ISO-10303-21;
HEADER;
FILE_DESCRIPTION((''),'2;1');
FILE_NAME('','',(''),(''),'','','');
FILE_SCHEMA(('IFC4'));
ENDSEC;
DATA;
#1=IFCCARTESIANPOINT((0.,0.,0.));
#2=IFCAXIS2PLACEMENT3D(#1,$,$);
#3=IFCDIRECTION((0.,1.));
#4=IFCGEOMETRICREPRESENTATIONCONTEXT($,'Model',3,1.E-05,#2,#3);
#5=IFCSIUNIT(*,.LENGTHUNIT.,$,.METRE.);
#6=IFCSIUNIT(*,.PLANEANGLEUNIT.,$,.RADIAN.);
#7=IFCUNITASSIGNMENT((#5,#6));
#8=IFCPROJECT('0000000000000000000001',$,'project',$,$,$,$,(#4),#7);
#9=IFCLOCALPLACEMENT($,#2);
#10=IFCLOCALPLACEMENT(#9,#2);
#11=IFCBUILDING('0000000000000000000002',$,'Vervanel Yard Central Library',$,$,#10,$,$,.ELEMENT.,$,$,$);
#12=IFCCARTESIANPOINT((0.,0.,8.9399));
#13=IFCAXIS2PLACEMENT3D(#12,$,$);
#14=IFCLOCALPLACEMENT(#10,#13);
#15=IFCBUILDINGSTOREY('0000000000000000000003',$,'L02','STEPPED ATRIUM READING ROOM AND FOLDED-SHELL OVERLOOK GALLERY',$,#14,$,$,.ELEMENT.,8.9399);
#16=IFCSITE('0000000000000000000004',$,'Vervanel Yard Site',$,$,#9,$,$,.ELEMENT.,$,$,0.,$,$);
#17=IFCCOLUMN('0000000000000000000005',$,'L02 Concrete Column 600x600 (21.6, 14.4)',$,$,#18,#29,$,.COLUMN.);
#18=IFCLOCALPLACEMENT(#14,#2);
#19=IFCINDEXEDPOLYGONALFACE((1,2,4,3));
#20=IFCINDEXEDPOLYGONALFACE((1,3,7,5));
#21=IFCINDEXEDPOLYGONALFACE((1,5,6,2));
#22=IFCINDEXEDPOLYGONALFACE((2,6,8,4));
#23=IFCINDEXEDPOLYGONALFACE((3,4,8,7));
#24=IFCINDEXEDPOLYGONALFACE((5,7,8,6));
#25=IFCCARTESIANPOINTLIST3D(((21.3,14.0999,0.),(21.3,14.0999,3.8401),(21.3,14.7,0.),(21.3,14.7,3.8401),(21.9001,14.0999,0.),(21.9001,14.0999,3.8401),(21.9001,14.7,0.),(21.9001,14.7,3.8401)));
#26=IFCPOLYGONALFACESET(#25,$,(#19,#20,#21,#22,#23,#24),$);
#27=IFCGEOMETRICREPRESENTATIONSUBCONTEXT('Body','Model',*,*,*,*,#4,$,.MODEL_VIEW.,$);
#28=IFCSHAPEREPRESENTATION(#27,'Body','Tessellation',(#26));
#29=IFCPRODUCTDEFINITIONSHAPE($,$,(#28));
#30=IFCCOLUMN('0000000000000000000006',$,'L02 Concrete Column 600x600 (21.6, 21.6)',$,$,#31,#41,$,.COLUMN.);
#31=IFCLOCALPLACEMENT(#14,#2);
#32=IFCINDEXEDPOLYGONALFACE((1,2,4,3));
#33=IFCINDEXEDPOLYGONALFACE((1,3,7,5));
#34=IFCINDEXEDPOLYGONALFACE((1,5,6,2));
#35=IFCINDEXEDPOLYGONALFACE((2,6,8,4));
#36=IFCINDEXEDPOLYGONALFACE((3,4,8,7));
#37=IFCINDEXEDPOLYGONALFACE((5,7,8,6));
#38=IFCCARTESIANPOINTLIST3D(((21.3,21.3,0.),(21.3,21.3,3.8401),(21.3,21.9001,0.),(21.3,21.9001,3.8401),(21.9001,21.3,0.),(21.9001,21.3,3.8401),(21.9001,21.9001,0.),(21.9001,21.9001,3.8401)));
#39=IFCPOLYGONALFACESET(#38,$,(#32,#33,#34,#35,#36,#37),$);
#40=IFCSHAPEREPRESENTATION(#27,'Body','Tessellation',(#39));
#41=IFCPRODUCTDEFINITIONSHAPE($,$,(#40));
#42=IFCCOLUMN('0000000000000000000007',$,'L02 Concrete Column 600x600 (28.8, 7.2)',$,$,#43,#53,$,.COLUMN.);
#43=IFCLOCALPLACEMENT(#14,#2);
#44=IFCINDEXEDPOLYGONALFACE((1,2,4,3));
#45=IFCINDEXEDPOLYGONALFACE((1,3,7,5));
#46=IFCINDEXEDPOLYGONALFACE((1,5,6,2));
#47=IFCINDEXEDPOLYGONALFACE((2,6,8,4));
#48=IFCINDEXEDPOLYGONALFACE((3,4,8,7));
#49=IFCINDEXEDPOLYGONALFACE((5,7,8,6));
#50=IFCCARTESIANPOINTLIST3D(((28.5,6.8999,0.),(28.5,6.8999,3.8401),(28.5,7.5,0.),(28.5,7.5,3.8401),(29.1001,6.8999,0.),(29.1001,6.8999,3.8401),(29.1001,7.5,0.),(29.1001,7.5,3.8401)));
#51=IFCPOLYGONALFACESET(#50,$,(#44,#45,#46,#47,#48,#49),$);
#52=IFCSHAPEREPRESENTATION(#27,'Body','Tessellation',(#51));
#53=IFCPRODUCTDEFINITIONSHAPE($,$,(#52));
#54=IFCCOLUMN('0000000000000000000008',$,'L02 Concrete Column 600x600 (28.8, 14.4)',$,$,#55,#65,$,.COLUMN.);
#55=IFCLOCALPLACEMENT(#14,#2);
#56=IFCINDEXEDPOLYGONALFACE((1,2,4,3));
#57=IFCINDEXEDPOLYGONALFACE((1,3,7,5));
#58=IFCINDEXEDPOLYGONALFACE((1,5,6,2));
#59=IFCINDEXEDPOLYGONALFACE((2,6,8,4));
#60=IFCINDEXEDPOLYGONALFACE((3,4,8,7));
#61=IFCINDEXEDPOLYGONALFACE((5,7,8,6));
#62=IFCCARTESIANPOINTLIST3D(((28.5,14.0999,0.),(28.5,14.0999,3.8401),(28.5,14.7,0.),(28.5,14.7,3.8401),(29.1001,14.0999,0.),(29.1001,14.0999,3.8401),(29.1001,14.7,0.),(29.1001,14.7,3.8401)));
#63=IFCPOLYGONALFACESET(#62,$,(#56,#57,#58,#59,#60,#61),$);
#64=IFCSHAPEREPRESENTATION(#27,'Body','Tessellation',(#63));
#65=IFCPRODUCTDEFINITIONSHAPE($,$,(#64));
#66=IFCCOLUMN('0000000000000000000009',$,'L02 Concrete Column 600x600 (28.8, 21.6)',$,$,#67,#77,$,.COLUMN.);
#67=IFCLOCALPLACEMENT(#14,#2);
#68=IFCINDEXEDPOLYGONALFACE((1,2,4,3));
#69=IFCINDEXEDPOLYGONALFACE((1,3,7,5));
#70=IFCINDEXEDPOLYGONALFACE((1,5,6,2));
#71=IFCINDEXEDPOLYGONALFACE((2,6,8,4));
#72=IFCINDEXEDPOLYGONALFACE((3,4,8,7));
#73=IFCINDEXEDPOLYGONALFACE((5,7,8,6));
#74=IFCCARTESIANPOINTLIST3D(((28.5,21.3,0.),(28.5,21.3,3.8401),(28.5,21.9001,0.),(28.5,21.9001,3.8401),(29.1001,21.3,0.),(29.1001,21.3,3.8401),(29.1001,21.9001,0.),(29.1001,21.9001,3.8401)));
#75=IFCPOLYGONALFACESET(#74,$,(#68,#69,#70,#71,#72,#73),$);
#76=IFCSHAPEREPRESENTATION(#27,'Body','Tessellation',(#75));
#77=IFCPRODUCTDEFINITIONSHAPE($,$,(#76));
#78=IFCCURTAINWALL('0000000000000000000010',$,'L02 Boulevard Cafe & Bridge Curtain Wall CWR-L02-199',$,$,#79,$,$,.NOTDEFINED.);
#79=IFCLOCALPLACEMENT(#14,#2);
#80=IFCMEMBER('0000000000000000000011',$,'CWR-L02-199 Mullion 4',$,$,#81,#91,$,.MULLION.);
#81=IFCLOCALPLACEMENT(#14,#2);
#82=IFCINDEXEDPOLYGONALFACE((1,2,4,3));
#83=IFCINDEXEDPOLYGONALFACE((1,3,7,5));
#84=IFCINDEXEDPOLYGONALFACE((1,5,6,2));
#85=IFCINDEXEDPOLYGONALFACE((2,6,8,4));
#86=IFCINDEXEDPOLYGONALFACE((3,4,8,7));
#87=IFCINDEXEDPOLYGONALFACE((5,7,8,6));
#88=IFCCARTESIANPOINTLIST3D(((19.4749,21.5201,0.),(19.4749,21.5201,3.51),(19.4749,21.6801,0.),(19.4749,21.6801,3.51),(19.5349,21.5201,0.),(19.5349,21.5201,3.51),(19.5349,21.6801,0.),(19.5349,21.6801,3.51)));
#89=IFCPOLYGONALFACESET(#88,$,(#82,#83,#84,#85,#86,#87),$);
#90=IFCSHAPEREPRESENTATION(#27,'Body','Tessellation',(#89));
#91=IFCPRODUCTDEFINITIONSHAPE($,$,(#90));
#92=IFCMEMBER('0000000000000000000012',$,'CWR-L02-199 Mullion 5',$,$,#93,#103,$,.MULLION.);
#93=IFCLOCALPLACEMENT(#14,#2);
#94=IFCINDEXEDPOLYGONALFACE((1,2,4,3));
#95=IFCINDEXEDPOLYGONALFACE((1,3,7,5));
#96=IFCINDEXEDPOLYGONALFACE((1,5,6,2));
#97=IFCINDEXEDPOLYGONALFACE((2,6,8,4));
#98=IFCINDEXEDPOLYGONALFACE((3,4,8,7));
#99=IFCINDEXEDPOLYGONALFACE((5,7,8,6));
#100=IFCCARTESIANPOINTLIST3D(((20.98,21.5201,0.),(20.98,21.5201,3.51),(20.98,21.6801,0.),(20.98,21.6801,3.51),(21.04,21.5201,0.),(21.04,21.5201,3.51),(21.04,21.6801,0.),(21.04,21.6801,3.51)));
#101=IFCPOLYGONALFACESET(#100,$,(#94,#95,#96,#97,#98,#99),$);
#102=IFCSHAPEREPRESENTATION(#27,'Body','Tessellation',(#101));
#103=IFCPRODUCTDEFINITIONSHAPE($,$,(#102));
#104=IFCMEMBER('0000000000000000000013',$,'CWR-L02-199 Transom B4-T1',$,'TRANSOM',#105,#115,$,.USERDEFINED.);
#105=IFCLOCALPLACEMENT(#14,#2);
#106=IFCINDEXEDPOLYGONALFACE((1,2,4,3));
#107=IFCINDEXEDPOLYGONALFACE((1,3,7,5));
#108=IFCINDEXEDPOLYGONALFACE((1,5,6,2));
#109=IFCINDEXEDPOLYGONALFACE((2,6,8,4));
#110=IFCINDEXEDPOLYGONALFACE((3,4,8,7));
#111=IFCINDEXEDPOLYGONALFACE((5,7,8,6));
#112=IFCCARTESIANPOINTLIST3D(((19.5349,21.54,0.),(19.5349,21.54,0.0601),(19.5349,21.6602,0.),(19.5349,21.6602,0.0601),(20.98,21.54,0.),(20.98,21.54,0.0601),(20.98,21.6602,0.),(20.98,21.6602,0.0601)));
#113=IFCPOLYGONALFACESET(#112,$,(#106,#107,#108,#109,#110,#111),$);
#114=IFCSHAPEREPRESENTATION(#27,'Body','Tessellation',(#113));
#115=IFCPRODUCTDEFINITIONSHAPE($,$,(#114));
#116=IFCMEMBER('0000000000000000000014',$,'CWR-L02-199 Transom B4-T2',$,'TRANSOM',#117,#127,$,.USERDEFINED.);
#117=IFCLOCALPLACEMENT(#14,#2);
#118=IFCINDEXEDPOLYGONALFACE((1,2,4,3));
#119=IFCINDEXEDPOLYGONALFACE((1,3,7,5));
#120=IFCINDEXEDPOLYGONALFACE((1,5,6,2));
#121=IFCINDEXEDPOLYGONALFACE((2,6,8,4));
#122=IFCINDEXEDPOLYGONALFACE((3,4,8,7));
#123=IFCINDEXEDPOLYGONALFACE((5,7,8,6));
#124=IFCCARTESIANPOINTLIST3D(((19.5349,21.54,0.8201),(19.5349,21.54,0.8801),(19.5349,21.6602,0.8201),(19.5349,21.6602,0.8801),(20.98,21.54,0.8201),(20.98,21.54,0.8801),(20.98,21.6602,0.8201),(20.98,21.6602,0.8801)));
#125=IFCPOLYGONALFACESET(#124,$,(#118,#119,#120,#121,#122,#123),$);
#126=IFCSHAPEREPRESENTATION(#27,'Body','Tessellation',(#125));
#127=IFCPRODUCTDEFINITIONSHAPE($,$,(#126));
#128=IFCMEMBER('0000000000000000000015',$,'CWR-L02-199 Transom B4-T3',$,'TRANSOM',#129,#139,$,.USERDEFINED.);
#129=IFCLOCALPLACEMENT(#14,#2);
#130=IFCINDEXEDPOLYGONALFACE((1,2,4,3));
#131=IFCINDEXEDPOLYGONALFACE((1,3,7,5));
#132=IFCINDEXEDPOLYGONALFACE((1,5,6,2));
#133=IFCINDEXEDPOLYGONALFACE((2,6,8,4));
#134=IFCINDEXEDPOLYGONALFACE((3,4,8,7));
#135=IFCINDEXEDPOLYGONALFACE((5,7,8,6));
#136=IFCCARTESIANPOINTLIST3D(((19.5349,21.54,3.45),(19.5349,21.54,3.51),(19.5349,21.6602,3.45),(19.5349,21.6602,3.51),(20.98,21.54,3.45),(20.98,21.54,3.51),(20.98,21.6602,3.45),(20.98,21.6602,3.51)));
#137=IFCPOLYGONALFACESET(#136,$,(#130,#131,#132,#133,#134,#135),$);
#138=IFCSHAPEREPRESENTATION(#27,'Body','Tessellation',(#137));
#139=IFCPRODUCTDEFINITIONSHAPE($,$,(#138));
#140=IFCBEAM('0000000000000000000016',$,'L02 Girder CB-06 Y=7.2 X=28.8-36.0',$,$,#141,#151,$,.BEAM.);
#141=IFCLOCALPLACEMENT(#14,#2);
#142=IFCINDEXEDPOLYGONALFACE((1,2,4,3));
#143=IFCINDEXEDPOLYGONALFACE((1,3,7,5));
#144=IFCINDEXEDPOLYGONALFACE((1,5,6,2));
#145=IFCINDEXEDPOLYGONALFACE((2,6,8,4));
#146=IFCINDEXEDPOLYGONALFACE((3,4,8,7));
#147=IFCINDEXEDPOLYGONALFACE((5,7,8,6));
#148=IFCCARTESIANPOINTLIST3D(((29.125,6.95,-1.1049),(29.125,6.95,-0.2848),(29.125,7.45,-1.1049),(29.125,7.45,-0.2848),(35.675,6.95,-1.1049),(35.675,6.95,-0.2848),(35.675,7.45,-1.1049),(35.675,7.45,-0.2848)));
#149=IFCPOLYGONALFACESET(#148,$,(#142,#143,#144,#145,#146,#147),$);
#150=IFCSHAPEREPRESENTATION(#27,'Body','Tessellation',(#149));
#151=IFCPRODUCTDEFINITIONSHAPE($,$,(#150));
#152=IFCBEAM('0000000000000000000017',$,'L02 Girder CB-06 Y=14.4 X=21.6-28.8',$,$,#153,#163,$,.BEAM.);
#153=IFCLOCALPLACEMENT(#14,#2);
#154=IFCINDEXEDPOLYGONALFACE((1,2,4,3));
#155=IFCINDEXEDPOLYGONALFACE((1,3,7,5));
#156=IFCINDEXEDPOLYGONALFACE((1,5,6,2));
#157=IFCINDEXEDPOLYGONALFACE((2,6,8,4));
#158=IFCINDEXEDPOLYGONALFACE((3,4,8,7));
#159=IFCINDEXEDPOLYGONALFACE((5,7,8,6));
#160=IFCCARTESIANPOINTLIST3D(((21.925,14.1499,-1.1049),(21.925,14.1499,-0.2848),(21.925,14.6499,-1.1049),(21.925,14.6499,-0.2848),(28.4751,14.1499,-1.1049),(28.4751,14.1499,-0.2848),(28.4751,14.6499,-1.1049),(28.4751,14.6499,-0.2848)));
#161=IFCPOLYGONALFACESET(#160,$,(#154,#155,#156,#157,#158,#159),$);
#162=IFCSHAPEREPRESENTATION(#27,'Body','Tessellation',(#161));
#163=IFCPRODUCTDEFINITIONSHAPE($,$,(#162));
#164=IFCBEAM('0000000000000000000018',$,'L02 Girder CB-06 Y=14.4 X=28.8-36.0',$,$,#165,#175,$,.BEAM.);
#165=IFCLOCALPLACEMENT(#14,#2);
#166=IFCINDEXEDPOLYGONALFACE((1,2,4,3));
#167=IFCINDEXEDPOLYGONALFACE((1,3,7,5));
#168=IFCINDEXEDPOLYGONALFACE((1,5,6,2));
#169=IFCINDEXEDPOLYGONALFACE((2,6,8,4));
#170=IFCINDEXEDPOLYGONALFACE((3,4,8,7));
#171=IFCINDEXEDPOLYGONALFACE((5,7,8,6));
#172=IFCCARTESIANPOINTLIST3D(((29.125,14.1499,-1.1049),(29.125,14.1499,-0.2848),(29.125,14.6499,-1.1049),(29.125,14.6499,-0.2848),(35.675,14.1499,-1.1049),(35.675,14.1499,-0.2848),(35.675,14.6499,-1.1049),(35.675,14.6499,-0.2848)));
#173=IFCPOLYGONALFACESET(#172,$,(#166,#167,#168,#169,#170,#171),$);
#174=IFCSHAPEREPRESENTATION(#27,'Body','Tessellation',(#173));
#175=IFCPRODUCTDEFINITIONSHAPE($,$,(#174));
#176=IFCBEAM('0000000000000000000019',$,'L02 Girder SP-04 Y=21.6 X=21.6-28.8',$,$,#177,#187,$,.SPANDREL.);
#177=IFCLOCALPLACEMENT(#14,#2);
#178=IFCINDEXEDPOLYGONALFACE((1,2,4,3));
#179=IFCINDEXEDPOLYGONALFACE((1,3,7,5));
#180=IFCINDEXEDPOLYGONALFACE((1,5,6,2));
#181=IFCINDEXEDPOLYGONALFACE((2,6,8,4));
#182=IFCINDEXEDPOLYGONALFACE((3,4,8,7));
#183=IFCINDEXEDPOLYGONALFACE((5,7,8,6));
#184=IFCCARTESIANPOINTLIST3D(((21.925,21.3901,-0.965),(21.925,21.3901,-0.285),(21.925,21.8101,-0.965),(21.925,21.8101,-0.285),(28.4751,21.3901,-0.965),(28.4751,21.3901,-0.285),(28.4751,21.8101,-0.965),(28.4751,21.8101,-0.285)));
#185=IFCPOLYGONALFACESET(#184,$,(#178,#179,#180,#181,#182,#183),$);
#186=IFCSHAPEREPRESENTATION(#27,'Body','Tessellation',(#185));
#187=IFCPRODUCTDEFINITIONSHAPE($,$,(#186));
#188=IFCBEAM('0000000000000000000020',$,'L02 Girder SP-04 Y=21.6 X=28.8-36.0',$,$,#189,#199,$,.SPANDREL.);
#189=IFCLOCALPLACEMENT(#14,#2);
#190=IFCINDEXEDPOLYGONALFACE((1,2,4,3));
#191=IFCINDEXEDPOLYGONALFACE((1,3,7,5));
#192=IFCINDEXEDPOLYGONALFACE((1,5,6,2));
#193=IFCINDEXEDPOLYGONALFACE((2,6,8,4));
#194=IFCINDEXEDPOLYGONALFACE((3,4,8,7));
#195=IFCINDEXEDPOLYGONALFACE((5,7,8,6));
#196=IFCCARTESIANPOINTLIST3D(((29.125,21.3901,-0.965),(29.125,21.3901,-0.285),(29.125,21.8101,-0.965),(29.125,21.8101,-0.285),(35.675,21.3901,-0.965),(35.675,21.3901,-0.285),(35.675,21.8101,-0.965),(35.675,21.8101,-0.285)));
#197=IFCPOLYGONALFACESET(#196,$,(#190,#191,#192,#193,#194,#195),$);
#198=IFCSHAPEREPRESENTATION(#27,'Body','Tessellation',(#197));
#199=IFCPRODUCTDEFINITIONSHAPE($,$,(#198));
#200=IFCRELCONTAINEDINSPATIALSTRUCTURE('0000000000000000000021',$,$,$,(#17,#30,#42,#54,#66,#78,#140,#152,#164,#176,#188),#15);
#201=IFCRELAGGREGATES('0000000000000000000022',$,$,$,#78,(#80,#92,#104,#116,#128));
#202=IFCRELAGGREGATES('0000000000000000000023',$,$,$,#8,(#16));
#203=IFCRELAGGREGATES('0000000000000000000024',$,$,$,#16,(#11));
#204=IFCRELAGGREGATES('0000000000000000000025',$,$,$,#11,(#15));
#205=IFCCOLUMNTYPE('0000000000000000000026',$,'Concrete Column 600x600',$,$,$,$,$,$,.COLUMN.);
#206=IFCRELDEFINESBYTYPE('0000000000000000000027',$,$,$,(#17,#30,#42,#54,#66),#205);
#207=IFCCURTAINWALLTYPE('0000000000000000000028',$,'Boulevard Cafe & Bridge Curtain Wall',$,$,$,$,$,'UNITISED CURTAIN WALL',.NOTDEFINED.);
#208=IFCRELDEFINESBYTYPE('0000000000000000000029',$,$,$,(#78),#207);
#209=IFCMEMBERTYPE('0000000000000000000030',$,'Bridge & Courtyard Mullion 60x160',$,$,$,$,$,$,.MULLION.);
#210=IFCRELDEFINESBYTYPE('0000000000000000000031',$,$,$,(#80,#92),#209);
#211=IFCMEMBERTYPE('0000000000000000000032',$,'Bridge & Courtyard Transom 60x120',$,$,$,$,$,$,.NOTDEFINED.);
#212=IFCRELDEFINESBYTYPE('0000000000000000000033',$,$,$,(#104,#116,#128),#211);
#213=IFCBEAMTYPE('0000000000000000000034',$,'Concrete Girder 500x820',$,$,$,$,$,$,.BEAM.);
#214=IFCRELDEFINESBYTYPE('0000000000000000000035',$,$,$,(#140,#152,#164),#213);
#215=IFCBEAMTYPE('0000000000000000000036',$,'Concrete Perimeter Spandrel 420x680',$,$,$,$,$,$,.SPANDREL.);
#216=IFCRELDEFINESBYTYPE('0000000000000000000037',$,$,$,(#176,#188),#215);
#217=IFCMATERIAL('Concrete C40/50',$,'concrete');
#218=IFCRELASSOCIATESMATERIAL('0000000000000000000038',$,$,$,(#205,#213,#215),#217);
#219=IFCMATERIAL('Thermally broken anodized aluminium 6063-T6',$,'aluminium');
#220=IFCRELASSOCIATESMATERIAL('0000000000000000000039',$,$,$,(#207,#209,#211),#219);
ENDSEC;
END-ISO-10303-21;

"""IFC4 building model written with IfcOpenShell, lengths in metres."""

from ifc_helpers import new_model, si_unit, direction, frame, origin, origin_2d, place, context, subcontext, project, spatial, rectangle, extrude, material, material_profile, profile_set, type_object, element, aggregate, save


model = new_model("IFC4")

# Units and contexts
model_context = context("Model", 3, precision=1e-05, world=origin(), true_north=direction((0.0, 1.0)))
body_context = subcontext(model_context, "Body", "Model", "MODEL_VIEW")
ifc_project = project(units=[si_unit("LENGTHUNIT", "METRE"), si_unit("PLANEANGLEUNIT", "RADIAN")], contexts=[model_context])

# Site, building, storey
site_placement = place(None, origin())
site = spatial("IfcSite", under=ifc_project, at=site_placement, Name="Vervanel Yard Site", CompositionType="ELEMENT", RefElevation=0.0)
building_placement = place(site_placement, origin())
building = spatial("IfcBuilding", under=site, at=building_placement, Name="Vervanel Yard Central Library", CompositionType="ELEMENT")
storey_placement = place(building_placement, frame((0.0, 0.0, 8.9399)))
storey = spatial("IfcBuildingStorey", under=building, at=storey_placement, Name="L02", Description="STEPPED ATRIUM READING ROOM AND FOLDED-SHELL OVERLOOK GALLERY", CompositionType="ELEMENT", Elevation=8.9399)

# Columns
ifc_material_1 = material(Name="Concrete C40/50", Category="concrete")
ifc_material_profile_1 = material_profile(ifc_material_1, rectangle(XDim=0.6001, YDim=0.6001, at=origin_2d()), Name="RC 600x600", Category="concrete")
ifc_profile_set_1 = profile_set([ifc_material_profile_1], Name="Concrete C40/50")
column_type = type_object("IfcColumnType", Name="Concrete Column 600x600", PredefinedType="COLUMN", material=ifc_profile_set_1)
for number, where, z_axis, x_axis, name in (
    (1, (21.6001, 14.3999, 0.0), (0.0, 0.0, 1.0), (1.0, 0.0, 0.0), "L02 Concrete Column 600x600 (21.6, 14.4)"),
    (2, (21.6001, 21.6001, 0.0), (0.0, 0.0, 1.0), (1.0, 0.0, 0.0), "L02 Concrete Column 600x600 (21.6, 21.6)"),
    (3, (28.8, 7.2, 0.0), (0.0, 0.0, 1.0), (1.0, 0.0, 0.0), "L02 Concrete Column 600x600 (28.8, 7.2)"),
    (4, (28.8, 14.3999, 0.0), (0.0, 0.0, 1.0), (1.0, 0.0, 0.0), "L02 Concrete Column 600x600 (28.8, 14.4)"),
    (5, (28.8, 21.6001, 0.0), (0.0, 0.0, 1.0), (1.0, 0.0, 0.0), "L02 Concrete Column 600x600 (28.8, 21.6)"),
):
    element("IfcColumn", number, at=place(storey_placement, frame(where, z_axis=z_axis, x_axis=x_axis)), inside=storey, type_object=column_type, Name=name, PredefinedType="COLUMN", context=body_context, shape_type="SweptSolid", body=[
        extrude(rectangle(XDim=0.6001, YDim=0.6001, at=origin_2d()), origin(), (0.0, 0.0, 1.0), 3.8401),
    ])

# Curtain wall, members
ifc_material_2 = material(Name="Thermally broken anodized aluminium 6063-T6", Category="aluminium")
curtain_wall_type = type_object("IfcCurtainWallType", Name="Boulevard Cafe & Bridge Curtain Wall", ElementType="UNITISED CURTAIN WALL", PredefinedType="NOTDEFINED", material=ifc_material_2)
curtain_wall_placement = place(storey_placement, origin())
curtain_wall = element("IfcCurtainWall", 6, at=curtain_wall_placement, inside=storey, type_object=curtain_wall_type, Name="L02 Boulevard Cafe & Bridge Curtain Wall CWR-L02-199", PredefinedType="NOTDEFINED")
ifc_material_profile_2 = material_profile(ifc_material_2, rectangle(XDim=0.0601, YDim=0.1599, at=origin_2d()), Name="ALU 60x160", Category="aluminium")
ifc_profile_set_2 = profile_set([ifc_material_profile_2], Name="Thermally broken anodized aluminium 6063-T6")
member_type_1 = type_object("IfcMemberType", Name="Bridge & Courtyard Mullion 60x160", PredefinedType="MULLION", material=ifc_profile_set_2)
member_1_placement = place(storey_placement, frame((19.5049, 21.6001, 0.0), z_axis=(0.0, 0.0, 1.0), x_axis=(1.0, 0.0, 0.0)))
member_1 = element("IfcMember", 7, at=member_1_placement, type_object=member_type_1, Name="CWR-L02-199 Mullion 4", PredefinedType="MULLION", context=body_context, shape_type="SweptSolid", body=[
    extrude(rectangle(XDim=0.0601, YDim=0.1599, at=origin_2d()), origin(), (0.0, 0.0, 1.0), 3.51),
])
member_2_placement = place(storey_placement, frame((21.01, 21.6001, 0.0), z_axis=(0.0, 0.0, 1.0), x_axis=(1.0, 0.0, 0.0)))
member_2 = element("IfcMember", 8, at=member_2_placement, type_object=member_type_1, Name="CWR-L02-199 Mullion 5", PredefinedType="MULLION", context=body_context, shape_type="SweptSolid", body=[
    extrude(rectangle(XDim=0.0601, YDim=0.1599, at=origin_2d()), origin(), (0.0, 0.0, 1.0), 3.51),
])
ifc_material_profile_3 = material_profile(ifc_material_2, rectangle(XDim=0.0601, YDim=0.1201, at=origin_2d()), Name="ALU 60x120", Category="aluminium")
ifc_profile_set_3 = profile_set([ifc_material_profile_3], Name="Thermally broken anodized aluminium 6063-T6")
member_type_2 = type_object("IfcMemberType", Name="Bridge & Courtyard Transom 60x120", PredefinedType="NOTDEFINED", material=ifc_profile_set_3)
member_3_placement = place(storey_placement, frame((19.5349, 21.6001, 0.03), z_axis=(1.0, 0.0, 0.0), x_axis=(0.0, 0.0, 1.0)))
member_3 = element("IfcMember", 9, at=member_3_placement, type_object=member_type_2, Name="CWR-L02-199 Transom B4-T1", ObjectType="TRANSOM", PredefinedType="USERDEFINED", context=body_context, shape_type="SweptSolid", body=[
    extrude(rectangle(XDim=0.0601, YDim=0.1201, at=origin_2d()), origin(), (0.0, 0.0, 1.0), 1.4451),
])
member_4_placement = place(storey_placement, frame((19.5349, 21.6001, 0.8501), z_axis=(1.0, 0.0, 0.0), x_axis=(0.0, 0.0, 1.0)))
member_4 = element("IfcMember", 10, at=member_4_placement, type_object=member_type_2, Name="CWR-L02-199 Transom B4-T2", ObjectType="TRANSOM", PredefinedType="USERDEFINED", context=body_context, shape_type="SweptSolid", body=[
    extrude(rectangle(XDim=0.0601, YDim=0.1201, at=origin_2d()), origin(), (0.0, 0.0, 1.0), 1.4451),
])
member_5_placement = place(storey_placement, frame((19.5349, 21.6001, 3.48), z_axis=(1.0, 0.0, 0.0), x_axis=(0.0, 0.0, 1.0)))
member_5 = element("IfcMember", 11, at=member_5_placement, type_object=member_type_2, Name="CWR-L02-199 Transom B4-T3", ObjectType="TRANSOM", PredefinedType="USERDEFINED", context=body_context, shape_type="SweptSolid", body=[
    extrude(rectangle(XDim=0.0601, YDim=0.1201, at=origin_2d()), origin(), (0.0, 0.0, 1.0), 1.4451),
])

# Beams
ifc_material_profile_4 = material_profile(ifc_material_1, rectangle(XDim=0.5, YDim=0.8201, at=origin_2d()), Name="RC 500x820", Category="concrete")
ifc_profile_set_4 = profile_set([ifc_material_profile_4], Name="Concrete C40/50")
beam_type_1 = type_object("IfcBeamType", Name="Concrete Girder 500x820", PredefinedType="BEAM", material=ifc_profile_set_4)
for number, where, z_axis, x_axis, name in (
    (12, (29.125, 7.2, -0.6948), (1.0, 0.0, 0.0), (0.0, 1.0, 0.0), "L02 Girder CB-06 Y=7.2 X=28.8-36.0"),
    (13, (21.925, 14.3999, -0.6948), (1.0, 0.0, 0.0), (0.0, 1.0, 0.0), "L02 Girder CB-06 Y=14.4 X=21.6-28.8"),
    (14, (29.125, 14.3999, -0.6948), (1.0, 0.0, 0.0), (0.0, 1.0, 0.0), "L02 Girder CB-06 Y=14.4 X=28.8-36.0"),
):
    element("IfcBeam", number, at=place(storey_placement, frame(where, z_axis=z_axis, x_axis=x_axis)), inside=storey, type_object=beam_type_1, Name=name, PredefinedType="BEAM", context=body_context, shape_type="SweptSolid", body=[
        extrude(rectangle(XDim=0.5, YDim=0.8201, at=origin_2d()), origin(), (0.0, 0.0, 1.0), 6.55),
    ])
ifc_material_profile_5 = material_profile(ifc_material_1, rectangle(XDim=0.4199, YDim=0.6799, at=origin_2d()), Name="RC 420x680", Category="concrete")
ifc_profile_set_5 = profile_set([ifc_material_profile_5], Name="Concrete C40/50")
beam_type_2 = type_object("IfcBeamType", Name="Concrete Perimeter Spandrel 420x680", PredefinedType="SPANDREL", material=ifc_profile_set_5)
for number, where, z_axis, x_axis, name in (
    (15, (21.925, 21.6001, -0.625), (1.0, 0.0, 0.0), (0.0, 1.0, 0.0), "L02 Girder SP-04 Y=21.6 X=21.6-28.8"),
    (16, (29.125, 21.6001, -0.625), (1.0, 0.0, 0.0), (0.0, 1.0, 0.0), "L02 Girder SP-04 Y=21.6 X=28.8-36.0"),
):
    element("IfcBeam", number, at=place(storey_placement, frame(where, z_axis=z_axis, x_axis=x_axis)), inside=storey, type_object=beam_type_2, Name=name, PredefinedType="SPANDREL", context=body_context, shape_type="SweptSolid", body=[
        extrude(rectangle(XDim=0.4199, YDim=0.6799, at=origin_2d()), origin(), (0.0, 0.0, 1.0), 6.55),
    ])

aggregate(curtain_wall, [member_1, member_2, member_3, member_4, member_5])

save(model, "model.ifc")
